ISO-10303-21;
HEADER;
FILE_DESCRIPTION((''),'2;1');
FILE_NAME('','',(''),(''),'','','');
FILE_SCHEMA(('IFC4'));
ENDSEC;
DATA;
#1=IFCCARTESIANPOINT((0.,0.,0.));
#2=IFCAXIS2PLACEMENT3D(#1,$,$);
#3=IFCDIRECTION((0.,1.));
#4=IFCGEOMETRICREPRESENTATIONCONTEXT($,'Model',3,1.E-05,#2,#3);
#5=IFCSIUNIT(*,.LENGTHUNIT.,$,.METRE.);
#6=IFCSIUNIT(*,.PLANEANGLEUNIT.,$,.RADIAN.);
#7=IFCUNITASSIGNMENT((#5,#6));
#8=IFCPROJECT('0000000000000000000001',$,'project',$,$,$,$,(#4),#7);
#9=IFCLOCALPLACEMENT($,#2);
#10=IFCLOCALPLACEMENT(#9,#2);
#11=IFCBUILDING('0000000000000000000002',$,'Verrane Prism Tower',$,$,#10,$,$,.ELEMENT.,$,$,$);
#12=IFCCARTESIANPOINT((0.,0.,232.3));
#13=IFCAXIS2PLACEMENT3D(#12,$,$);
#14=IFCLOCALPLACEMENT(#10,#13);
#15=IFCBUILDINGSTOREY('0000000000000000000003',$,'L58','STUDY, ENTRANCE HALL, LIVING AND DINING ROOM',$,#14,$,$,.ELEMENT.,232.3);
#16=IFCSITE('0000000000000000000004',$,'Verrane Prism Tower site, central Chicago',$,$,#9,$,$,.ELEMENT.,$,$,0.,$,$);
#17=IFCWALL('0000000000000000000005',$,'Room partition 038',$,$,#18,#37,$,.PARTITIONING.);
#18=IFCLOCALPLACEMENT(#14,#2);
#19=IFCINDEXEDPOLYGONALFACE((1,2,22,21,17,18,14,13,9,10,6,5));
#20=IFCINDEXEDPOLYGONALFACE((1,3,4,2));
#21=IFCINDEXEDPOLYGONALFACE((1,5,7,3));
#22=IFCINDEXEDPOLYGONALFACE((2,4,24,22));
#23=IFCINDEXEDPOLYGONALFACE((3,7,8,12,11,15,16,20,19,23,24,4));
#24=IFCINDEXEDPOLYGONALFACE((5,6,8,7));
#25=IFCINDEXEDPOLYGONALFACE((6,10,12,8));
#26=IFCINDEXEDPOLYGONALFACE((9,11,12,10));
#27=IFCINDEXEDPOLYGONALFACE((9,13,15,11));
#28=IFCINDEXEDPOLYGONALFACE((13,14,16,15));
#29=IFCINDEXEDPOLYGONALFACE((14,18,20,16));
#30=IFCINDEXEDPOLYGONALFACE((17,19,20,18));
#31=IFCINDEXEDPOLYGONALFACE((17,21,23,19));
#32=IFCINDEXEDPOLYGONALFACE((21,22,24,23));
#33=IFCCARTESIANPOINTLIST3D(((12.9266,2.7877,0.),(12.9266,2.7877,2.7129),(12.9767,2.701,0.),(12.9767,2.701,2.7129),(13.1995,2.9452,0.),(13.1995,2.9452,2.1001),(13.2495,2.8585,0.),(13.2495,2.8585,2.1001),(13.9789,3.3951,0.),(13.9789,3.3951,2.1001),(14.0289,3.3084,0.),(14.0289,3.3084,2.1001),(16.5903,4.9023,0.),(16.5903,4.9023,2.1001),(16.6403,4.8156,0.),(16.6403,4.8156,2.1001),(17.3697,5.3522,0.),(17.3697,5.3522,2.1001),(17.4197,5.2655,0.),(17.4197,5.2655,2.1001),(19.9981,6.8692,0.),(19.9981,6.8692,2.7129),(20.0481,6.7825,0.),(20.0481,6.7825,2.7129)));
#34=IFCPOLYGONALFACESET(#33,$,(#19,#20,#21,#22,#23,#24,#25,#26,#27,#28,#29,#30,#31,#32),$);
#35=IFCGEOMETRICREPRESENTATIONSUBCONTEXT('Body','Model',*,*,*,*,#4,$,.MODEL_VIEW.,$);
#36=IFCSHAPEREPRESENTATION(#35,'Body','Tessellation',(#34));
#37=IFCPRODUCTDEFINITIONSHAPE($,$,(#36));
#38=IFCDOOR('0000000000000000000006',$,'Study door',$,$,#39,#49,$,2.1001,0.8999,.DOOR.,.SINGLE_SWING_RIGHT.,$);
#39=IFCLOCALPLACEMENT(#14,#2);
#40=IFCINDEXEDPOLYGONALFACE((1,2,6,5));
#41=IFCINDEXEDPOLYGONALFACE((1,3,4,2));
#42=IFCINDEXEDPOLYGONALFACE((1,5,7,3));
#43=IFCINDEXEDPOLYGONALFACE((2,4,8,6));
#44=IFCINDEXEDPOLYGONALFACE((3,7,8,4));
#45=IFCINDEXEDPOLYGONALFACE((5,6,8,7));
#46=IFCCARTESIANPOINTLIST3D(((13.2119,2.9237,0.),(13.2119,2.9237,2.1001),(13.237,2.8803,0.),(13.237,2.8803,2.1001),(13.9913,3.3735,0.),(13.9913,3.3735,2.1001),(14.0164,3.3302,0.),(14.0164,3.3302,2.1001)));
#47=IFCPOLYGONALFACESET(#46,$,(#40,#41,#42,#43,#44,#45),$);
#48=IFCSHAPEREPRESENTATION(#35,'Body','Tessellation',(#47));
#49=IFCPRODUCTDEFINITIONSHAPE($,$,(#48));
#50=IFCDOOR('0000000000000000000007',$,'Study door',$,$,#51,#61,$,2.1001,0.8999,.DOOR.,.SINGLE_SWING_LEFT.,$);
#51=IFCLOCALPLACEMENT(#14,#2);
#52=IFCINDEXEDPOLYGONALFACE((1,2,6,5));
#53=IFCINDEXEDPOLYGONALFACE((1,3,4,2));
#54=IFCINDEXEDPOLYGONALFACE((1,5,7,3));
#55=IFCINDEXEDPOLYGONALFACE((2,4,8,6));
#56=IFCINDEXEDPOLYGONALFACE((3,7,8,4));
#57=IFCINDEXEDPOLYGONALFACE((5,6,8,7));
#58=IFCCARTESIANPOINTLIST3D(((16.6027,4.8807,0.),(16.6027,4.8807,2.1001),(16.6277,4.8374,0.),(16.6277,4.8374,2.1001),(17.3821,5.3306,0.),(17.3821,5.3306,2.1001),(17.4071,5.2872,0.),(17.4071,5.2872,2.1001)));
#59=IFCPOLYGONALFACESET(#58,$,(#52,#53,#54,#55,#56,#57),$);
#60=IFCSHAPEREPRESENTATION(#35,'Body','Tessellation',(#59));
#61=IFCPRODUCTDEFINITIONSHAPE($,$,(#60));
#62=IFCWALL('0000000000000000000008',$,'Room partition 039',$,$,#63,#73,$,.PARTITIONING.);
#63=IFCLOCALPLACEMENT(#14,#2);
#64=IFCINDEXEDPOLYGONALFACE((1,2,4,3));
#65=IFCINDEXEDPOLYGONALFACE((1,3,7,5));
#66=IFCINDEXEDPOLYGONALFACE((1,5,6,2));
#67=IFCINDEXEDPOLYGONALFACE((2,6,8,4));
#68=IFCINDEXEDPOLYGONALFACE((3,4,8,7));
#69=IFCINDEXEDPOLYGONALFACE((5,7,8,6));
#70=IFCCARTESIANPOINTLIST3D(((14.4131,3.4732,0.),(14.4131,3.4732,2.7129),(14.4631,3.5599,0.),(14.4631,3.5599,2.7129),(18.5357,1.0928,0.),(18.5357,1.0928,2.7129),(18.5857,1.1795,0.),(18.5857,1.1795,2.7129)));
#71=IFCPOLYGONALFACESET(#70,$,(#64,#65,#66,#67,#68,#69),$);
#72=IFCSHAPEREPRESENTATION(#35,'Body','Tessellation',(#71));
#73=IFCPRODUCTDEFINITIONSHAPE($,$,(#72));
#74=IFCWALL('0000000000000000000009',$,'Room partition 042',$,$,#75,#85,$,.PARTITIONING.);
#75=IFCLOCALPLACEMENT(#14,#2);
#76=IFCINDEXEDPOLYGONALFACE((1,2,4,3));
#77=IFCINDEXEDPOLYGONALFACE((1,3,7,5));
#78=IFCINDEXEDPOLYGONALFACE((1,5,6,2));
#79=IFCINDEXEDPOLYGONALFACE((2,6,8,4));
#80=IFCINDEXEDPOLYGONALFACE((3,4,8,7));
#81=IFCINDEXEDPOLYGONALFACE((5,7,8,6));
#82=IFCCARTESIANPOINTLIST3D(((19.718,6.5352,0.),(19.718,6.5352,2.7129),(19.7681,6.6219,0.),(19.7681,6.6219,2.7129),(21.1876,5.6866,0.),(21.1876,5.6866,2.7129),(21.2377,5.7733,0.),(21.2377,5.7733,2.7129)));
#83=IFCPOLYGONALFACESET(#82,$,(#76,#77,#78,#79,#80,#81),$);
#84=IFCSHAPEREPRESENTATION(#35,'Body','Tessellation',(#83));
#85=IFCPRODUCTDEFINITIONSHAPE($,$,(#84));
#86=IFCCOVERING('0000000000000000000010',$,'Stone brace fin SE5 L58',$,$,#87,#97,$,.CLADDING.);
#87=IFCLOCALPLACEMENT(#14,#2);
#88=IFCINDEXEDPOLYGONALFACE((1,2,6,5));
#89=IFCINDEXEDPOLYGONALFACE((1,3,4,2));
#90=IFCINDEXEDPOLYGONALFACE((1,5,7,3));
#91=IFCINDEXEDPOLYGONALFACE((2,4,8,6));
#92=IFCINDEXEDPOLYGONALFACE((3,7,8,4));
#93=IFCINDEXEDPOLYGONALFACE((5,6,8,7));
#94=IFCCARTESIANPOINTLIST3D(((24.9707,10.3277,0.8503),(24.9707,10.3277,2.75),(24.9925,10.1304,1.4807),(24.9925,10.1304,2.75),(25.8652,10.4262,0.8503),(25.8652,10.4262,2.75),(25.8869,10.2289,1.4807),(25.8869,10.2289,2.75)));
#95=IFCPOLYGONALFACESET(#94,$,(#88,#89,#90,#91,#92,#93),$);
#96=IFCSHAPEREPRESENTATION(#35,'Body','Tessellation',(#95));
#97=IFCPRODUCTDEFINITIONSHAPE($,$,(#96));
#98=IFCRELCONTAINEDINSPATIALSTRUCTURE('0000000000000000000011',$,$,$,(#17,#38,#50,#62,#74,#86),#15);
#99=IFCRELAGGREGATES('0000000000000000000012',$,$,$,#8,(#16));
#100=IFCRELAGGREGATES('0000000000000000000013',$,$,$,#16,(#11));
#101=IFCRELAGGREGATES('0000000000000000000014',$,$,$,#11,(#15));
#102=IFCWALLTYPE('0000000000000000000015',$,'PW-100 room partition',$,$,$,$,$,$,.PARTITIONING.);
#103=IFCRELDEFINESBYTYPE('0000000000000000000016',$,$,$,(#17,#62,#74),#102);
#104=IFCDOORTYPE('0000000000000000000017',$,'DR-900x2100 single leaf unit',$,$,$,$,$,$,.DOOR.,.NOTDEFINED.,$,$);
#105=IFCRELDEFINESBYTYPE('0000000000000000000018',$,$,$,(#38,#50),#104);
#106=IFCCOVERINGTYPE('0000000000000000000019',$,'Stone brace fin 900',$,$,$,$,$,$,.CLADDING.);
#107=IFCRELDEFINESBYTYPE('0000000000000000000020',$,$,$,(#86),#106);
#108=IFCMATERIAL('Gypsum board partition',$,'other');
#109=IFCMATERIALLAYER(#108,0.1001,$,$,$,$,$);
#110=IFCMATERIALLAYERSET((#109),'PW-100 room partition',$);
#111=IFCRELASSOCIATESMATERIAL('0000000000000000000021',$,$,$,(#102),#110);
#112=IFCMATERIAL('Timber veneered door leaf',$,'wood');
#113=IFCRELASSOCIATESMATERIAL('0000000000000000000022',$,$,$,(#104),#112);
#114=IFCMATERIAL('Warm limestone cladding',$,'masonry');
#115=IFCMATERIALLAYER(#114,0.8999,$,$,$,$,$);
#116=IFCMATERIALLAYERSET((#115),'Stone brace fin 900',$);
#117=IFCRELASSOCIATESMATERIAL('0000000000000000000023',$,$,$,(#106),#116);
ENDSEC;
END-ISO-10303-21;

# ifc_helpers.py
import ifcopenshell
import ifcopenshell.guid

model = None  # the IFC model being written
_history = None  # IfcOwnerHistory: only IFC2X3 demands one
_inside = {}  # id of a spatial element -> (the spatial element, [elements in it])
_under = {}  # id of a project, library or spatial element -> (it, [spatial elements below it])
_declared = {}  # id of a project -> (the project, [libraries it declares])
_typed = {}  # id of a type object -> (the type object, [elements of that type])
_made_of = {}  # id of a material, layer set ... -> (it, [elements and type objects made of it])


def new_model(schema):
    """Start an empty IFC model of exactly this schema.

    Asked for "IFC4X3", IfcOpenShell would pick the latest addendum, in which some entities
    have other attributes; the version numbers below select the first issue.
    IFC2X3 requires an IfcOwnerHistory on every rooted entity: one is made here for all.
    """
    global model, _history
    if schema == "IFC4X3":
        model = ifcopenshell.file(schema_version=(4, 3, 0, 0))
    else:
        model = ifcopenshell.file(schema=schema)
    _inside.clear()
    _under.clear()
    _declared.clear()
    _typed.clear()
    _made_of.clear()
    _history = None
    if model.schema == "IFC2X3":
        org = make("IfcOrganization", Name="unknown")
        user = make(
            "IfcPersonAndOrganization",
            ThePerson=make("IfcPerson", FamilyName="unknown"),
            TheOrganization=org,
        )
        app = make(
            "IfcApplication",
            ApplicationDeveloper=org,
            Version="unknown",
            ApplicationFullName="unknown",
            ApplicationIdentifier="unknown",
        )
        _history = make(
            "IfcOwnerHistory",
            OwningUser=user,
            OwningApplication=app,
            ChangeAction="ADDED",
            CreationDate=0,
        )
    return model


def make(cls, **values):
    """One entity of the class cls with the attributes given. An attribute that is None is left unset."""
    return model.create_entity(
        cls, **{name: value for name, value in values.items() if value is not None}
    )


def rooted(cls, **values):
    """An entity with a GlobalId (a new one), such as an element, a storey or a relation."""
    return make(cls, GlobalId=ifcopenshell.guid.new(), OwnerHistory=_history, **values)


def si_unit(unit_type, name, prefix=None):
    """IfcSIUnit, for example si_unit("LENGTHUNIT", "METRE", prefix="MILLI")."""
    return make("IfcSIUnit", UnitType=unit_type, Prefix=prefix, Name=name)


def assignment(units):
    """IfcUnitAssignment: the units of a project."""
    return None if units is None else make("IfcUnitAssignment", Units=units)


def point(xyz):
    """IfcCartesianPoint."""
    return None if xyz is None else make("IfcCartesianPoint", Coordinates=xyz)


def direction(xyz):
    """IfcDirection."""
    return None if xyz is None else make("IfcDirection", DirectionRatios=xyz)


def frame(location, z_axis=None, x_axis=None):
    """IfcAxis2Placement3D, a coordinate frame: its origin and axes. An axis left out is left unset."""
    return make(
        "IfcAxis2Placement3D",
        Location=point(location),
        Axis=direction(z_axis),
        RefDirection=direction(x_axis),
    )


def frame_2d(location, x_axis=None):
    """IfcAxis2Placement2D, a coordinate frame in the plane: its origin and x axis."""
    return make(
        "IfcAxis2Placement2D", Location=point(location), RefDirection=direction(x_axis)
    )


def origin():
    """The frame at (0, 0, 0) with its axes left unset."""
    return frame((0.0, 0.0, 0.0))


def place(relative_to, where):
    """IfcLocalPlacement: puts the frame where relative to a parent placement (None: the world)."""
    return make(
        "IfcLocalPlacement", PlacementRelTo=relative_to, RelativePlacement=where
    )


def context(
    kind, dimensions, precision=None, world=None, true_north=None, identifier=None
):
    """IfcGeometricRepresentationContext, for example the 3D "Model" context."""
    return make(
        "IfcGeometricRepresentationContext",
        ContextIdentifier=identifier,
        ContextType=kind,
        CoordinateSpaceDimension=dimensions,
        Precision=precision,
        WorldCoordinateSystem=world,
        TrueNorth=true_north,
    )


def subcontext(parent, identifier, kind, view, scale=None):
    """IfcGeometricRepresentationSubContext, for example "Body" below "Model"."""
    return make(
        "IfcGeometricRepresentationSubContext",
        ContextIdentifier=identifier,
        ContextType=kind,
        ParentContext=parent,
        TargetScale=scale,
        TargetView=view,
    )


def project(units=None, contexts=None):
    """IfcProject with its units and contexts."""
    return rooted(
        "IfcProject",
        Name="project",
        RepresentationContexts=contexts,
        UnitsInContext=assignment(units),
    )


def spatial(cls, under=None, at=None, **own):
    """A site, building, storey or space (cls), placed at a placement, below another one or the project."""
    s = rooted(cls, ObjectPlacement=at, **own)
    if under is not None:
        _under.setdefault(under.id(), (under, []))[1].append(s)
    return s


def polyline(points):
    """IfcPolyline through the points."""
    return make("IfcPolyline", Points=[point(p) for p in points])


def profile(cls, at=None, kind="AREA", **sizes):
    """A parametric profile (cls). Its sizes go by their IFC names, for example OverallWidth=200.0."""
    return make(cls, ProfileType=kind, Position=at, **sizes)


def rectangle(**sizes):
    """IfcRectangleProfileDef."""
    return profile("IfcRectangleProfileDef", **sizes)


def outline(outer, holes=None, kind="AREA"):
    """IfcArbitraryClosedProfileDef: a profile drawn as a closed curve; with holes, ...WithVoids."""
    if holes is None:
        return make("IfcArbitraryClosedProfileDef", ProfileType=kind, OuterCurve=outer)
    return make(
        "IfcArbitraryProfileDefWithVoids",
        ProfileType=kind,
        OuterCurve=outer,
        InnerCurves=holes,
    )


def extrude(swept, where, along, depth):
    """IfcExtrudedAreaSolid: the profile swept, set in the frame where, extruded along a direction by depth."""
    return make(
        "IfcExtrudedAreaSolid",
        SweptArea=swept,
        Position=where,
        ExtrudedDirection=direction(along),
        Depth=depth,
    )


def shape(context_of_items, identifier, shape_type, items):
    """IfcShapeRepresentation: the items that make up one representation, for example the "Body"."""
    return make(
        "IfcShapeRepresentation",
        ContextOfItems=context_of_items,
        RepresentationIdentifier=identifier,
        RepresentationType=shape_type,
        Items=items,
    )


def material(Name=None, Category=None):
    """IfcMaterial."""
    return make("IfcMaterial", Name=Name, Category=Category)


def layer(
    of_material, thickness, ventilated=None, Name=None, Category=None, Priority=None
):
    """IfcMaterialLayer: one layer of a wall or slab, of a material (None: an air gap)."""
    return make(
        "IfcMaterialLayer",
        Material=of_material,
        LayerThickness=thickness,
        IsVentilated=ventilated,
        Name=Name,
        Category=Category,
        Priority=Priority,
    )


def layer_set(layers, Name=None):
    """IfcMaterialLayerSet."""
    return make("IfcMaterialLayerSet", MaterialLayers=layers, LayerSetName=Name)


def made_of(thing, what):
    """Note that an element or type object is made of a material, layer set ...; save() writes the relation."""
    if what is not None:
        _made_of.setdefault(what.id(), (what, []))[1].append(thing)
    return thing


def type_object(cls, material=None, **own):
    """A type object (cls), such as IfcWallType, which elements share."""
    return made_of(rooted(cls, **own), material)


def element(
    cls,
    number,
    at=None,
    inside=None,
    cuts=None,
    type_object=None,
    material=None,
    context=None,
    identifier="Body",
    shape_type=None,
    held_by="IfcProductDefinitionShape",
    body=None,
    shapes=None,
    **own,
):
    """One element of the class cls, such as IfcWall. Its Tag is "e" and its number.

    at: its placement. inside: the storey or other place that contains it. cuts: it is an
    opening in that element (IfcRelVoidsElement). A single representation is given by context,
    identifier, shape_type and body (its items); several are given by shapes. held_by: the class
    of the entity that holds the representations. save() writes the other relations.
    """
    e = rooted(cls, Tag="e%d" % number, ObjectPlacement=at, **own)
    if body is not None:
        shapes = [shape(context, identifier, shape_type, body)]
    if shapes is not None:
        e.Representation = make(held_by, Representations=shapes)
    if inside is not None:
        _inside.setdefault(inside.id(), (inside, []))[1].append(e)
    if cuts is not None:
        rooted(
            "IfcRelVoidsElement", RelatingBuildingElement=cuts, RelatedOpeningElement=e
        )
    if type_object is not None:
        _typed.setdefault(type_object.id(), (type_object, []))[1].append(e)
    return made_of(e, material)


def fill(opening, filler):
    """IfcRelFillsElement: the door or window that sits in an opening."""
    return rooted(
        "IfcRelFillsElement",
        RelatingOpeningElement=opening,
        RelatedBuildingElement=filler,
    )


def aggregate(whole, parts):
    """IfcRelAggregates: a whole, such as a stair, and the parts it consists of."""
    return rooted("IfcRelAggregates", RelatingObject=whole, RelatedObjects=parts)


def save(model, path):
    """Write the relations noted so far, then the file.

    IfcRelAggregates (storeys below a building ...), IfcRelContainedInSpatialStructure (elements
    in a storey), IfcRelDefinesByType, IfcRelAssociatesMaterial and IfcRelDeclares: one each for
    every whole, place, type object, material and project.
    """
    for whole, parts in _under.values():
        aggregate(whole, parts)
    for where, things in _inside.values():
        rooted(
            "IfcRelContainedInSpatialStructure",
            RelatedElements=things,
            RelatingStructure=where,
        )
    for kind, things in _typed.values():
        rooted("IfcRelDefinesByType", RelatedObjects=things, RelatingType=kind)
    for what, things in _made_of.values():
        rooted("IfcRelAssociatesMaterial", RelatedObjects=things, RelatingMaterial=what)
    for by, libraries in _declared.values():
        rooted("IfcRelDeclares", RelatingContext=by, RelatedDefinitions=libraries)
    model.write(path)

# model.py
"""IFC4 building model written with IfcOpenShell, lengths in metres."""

from ifc_helpers import new_model, si_unit, direction, frame, frame_2d, origin, place, context, subcontext, project, spatial, polyline, rectangle, outline, extrude, material, layer, layer_set, type_object, element, fill, save


model = new_model("IFC4")

# Units and contexts
model_context = context("Model", 3, precision=1e-05, world=origin(), true_north=direction((0.0, 1.0)))
body_context = subcontext(model_context, "Body", "Model", "MODEL_VIEW")
ifc_project = project(units=[si_unit("LENGTHUNIT", "METRE"), si_unit("PLANEANGLEUNIT", "RADIAN")], contexts=[model_context])

# Site, building, storey
site_placement = place(None, origin())
site = spatial("IfcSite", under=ifc_project, at=site_placement, Name="Verrane Prism Tower site, central Chicago", CompositionType="ELEMENT", RefElevation=0.0)
building_placement = place(site_placement, origin())
building = spatial("IfcBuilding", under=site, at=building_placement, Name="Verrane Prism Tower", CompositionType="ELEMENT")
storey_placement = place(building_placement, frame((0.0, 0.0, 232.3)))
storey = spatial("IfcBuildingStorey", under=building, at=storey_placement, Name="L58", Description="STUDY, ENTRANCE HALL, LIVING AND DINING ROOM", CompositionType="ELEMENT", Elevation=232.3)

# Wall, openings, doors
ifc_material_1 = material(Name="Gypsum board partition", Category="other")
ifc_layer_1 = layer(ifc_material_1, 0.1001)
ifc_layer_set_1 = layer_set([ifc_layer_1], Name="PW-100 room partition")
wall_type_1 = type_object("IfcWallType", Name="PW-100 room partition", PredefinedType="PARTITIONING", material=ifc_layer_set_1)
wall_1_placement = place(storey_placement, frame((20.0232, 6.8259, 0.0), z_axis=(0.0, 0.0, 1.0), x_axis=(-0.866089, -0.499889, 0.0)))
wall_1 = element("IfcWall", 1, at=wall_1_placement, inside=storey, type_object=wall_type_1, Name="Room partition 038", PredefinedType="PARTITIONING", context=body_context, shape_type="SweptSolid", body=[
    extrude(rectangle(XDim=8.1648, YDim=0.1001, at=frame_2d((4.0825, 0.0))), origin(), (0.0, 0.0, 1.0), 2.7129),
])
opening_1_placement = place(wall_1_placement, frame((6.95, 0.0, 0.0)))
opening_1 = element("IfcOpeningElement", 2, at=opening_1_placement, cuts=wall_1, PredefinedType="OPENING", context=body_context, shape_type="SweptSolid", body=[
    extrude(rectangle(XDim=0.8999, YDim=2.1001, at=frame_2d((0.45, 1.05))), frame((0.0, 0.0601, 0.0), z_axis=(0.0, -1.0, 0.0), x_axis=(1.0, 0.0, 0.0)), (0.0, 0.0, 1.0), 0.1201),
])
opening_2_placement = place(wall_1_placement, frame((3.0349, 0.0, 0.0)))
opening_2 = element("IfcOpeningElement", 3, at=opening_2_placement, cuts=wall_1, PredefinedType="OPENING", context=body_context, shape_type="SweptSolid", body=[
    extrude(rectangle(XDim=0.8999, YDim=2.1001, at=frame_2d((0.45, 1.05))), frame((0.0, 0.0601, 0.0), z_axis=(0.0, -1.0, 0.0), x_axis=(1.0, 0.0, 0.0)), (0.0, 0.0, 1.0), 0.1201),
])
ifc_material_2 = material(Name="Timber veneered door leaf", Category="wood")
door_type_1 = type_object("IfcDoorType", Name="DR-900x2100 single leaf unit", OperationType="NOTDEFINED", PredefinedType="DOOR", material=ifc_material_2)
door_1_placement = place(opening_1_placement, origin())
door_1 = element("IfcDoor", 4, at=door_1_placement, inside=storey, type_object=door_type_1, Name="Study door", OperationType="SINGLE_SWING_RIGHT", OverallHeight=2.1001, OverallWidth=0.8999, PredefinedType="DOOR", context=body_context, shape_type="SweptSolid", body=[
    extrude(rectangle(XDim=0.8999, YDim=2.1001, at=frame_2d((0.45, 1.05))), frame((0.0, 0.0249, 0.0), z_axis=(0.0, -1.0, 0.0), x_axis=(1.0, 0.0, 0.0)), (0.0, 0.0, 1.0), 0.05),
])
fill(opening_1, door_1)
door_2_placement = place(opening_2_placement, origin())
door_2 = element("IfcDoor", 5, at=door_2_placement, inside=storey, type_object=door_type_1, Name="Study door", OperationType="SINGLE_SWING_LEFT", OverallHeight=2.1001, OverallWidth=0.8999, PredefinedType="DOOR", context=body_context, shape_type="SweptSolid", body=[
    extrude(rectangle(XDim=0.8999, YDim=2.1001, at=frame_2d((0.45, 1.05))), frame((0.0, 0.0249, 0.0), z_axis=(0.0, -1.0, 0.0), x_axis=(1.0, 0.0, 0.0)), (0.0, 0.0, 1.0), 0.05),
])
fill(opening_2, door_2)

# Walls
wall_2_placement = place(storey_placement, frame((14.438, 3.5166, 0.0), z_axis=(0.0, 0.0, 1.0), x_axis=(0.866006, -0.500033, 0.0)))
element("IfcWall", 6, at=wall_2_placement, inside=storey, type_object=wall_type_1, Name="Room partition 039", PredefinedType="PARTITIONING", context=body_context, shape_type="SweptSolid", body=[
    extrude(rectangle(XDim=4.7605, YDim=0.1001, at=frame_2d((2.3804, 0.0))), origin(), (0.0, 0.0, 1.0), 2.7129),
])
wall_3_placement = place(storey_placement, frame((19.7429, 6.5786, 0.0), z_axis=(0.0, 0.0, 1.0), x_axis=(0.866004, -0.500038, 0.0)))
element("IfcWall", 7, at=wall_3_placement, inside=storey, type_object=wall_type_1, Name="Room partition 042", PredefinedType="PARTITIONING", context=body_context, shape_type="SweptSolid", body=[
    extrude(rectangle(XDim=1.697, YDim=0.1001, at=frame_2d((0.8486, 0.0))), origin(), (0.0, 0.0, 1.0), 2.7129),
])

# Covering
ifc_material_3 = material(Name="Warm limestone cladding", Category="masonry")
ifc_layer_2 = layer(ifc_material_3, 0.8999)
ifc_layer_set_2 = layer_set([ifc_layer_2], Name="Stone brace fin 900")
covering_type = type_object("IfcCoveringType", Name="Stone brace fin 900", PredefinedType="CLADDING", material=ifc_layer_set_2)
covering_placement = place(storey_placement, frame((25.418, 10.377, 0.8503), z_axis=(0.0, 0.0, 1.0), x_axis=(0.109486, -0.993988, 0.0)))
element("IfcCovering", 8, at=covering_placement, inside=storey, type_object=covering_type, Name="Stone brace fin SE5 L58", PredefinedType="CLADDING", context=body_context, shape_type="SweptSolid", body=[
    extrude(outline(polyline([(0.1985, 1.8997), (0.0, 1.8997), (0.0, 0.0), (0.1985, 0.6304), (0.1985, 1.8997)])), frame((0.0, 0.45, 0.0), z_axis=(0.0, -1.0, 0.0), x_axis=(1.0, 0.0, 0.0)), (0.0, 0.0, 1.0), 0.8999),
])

save(model, "model.ifc")
